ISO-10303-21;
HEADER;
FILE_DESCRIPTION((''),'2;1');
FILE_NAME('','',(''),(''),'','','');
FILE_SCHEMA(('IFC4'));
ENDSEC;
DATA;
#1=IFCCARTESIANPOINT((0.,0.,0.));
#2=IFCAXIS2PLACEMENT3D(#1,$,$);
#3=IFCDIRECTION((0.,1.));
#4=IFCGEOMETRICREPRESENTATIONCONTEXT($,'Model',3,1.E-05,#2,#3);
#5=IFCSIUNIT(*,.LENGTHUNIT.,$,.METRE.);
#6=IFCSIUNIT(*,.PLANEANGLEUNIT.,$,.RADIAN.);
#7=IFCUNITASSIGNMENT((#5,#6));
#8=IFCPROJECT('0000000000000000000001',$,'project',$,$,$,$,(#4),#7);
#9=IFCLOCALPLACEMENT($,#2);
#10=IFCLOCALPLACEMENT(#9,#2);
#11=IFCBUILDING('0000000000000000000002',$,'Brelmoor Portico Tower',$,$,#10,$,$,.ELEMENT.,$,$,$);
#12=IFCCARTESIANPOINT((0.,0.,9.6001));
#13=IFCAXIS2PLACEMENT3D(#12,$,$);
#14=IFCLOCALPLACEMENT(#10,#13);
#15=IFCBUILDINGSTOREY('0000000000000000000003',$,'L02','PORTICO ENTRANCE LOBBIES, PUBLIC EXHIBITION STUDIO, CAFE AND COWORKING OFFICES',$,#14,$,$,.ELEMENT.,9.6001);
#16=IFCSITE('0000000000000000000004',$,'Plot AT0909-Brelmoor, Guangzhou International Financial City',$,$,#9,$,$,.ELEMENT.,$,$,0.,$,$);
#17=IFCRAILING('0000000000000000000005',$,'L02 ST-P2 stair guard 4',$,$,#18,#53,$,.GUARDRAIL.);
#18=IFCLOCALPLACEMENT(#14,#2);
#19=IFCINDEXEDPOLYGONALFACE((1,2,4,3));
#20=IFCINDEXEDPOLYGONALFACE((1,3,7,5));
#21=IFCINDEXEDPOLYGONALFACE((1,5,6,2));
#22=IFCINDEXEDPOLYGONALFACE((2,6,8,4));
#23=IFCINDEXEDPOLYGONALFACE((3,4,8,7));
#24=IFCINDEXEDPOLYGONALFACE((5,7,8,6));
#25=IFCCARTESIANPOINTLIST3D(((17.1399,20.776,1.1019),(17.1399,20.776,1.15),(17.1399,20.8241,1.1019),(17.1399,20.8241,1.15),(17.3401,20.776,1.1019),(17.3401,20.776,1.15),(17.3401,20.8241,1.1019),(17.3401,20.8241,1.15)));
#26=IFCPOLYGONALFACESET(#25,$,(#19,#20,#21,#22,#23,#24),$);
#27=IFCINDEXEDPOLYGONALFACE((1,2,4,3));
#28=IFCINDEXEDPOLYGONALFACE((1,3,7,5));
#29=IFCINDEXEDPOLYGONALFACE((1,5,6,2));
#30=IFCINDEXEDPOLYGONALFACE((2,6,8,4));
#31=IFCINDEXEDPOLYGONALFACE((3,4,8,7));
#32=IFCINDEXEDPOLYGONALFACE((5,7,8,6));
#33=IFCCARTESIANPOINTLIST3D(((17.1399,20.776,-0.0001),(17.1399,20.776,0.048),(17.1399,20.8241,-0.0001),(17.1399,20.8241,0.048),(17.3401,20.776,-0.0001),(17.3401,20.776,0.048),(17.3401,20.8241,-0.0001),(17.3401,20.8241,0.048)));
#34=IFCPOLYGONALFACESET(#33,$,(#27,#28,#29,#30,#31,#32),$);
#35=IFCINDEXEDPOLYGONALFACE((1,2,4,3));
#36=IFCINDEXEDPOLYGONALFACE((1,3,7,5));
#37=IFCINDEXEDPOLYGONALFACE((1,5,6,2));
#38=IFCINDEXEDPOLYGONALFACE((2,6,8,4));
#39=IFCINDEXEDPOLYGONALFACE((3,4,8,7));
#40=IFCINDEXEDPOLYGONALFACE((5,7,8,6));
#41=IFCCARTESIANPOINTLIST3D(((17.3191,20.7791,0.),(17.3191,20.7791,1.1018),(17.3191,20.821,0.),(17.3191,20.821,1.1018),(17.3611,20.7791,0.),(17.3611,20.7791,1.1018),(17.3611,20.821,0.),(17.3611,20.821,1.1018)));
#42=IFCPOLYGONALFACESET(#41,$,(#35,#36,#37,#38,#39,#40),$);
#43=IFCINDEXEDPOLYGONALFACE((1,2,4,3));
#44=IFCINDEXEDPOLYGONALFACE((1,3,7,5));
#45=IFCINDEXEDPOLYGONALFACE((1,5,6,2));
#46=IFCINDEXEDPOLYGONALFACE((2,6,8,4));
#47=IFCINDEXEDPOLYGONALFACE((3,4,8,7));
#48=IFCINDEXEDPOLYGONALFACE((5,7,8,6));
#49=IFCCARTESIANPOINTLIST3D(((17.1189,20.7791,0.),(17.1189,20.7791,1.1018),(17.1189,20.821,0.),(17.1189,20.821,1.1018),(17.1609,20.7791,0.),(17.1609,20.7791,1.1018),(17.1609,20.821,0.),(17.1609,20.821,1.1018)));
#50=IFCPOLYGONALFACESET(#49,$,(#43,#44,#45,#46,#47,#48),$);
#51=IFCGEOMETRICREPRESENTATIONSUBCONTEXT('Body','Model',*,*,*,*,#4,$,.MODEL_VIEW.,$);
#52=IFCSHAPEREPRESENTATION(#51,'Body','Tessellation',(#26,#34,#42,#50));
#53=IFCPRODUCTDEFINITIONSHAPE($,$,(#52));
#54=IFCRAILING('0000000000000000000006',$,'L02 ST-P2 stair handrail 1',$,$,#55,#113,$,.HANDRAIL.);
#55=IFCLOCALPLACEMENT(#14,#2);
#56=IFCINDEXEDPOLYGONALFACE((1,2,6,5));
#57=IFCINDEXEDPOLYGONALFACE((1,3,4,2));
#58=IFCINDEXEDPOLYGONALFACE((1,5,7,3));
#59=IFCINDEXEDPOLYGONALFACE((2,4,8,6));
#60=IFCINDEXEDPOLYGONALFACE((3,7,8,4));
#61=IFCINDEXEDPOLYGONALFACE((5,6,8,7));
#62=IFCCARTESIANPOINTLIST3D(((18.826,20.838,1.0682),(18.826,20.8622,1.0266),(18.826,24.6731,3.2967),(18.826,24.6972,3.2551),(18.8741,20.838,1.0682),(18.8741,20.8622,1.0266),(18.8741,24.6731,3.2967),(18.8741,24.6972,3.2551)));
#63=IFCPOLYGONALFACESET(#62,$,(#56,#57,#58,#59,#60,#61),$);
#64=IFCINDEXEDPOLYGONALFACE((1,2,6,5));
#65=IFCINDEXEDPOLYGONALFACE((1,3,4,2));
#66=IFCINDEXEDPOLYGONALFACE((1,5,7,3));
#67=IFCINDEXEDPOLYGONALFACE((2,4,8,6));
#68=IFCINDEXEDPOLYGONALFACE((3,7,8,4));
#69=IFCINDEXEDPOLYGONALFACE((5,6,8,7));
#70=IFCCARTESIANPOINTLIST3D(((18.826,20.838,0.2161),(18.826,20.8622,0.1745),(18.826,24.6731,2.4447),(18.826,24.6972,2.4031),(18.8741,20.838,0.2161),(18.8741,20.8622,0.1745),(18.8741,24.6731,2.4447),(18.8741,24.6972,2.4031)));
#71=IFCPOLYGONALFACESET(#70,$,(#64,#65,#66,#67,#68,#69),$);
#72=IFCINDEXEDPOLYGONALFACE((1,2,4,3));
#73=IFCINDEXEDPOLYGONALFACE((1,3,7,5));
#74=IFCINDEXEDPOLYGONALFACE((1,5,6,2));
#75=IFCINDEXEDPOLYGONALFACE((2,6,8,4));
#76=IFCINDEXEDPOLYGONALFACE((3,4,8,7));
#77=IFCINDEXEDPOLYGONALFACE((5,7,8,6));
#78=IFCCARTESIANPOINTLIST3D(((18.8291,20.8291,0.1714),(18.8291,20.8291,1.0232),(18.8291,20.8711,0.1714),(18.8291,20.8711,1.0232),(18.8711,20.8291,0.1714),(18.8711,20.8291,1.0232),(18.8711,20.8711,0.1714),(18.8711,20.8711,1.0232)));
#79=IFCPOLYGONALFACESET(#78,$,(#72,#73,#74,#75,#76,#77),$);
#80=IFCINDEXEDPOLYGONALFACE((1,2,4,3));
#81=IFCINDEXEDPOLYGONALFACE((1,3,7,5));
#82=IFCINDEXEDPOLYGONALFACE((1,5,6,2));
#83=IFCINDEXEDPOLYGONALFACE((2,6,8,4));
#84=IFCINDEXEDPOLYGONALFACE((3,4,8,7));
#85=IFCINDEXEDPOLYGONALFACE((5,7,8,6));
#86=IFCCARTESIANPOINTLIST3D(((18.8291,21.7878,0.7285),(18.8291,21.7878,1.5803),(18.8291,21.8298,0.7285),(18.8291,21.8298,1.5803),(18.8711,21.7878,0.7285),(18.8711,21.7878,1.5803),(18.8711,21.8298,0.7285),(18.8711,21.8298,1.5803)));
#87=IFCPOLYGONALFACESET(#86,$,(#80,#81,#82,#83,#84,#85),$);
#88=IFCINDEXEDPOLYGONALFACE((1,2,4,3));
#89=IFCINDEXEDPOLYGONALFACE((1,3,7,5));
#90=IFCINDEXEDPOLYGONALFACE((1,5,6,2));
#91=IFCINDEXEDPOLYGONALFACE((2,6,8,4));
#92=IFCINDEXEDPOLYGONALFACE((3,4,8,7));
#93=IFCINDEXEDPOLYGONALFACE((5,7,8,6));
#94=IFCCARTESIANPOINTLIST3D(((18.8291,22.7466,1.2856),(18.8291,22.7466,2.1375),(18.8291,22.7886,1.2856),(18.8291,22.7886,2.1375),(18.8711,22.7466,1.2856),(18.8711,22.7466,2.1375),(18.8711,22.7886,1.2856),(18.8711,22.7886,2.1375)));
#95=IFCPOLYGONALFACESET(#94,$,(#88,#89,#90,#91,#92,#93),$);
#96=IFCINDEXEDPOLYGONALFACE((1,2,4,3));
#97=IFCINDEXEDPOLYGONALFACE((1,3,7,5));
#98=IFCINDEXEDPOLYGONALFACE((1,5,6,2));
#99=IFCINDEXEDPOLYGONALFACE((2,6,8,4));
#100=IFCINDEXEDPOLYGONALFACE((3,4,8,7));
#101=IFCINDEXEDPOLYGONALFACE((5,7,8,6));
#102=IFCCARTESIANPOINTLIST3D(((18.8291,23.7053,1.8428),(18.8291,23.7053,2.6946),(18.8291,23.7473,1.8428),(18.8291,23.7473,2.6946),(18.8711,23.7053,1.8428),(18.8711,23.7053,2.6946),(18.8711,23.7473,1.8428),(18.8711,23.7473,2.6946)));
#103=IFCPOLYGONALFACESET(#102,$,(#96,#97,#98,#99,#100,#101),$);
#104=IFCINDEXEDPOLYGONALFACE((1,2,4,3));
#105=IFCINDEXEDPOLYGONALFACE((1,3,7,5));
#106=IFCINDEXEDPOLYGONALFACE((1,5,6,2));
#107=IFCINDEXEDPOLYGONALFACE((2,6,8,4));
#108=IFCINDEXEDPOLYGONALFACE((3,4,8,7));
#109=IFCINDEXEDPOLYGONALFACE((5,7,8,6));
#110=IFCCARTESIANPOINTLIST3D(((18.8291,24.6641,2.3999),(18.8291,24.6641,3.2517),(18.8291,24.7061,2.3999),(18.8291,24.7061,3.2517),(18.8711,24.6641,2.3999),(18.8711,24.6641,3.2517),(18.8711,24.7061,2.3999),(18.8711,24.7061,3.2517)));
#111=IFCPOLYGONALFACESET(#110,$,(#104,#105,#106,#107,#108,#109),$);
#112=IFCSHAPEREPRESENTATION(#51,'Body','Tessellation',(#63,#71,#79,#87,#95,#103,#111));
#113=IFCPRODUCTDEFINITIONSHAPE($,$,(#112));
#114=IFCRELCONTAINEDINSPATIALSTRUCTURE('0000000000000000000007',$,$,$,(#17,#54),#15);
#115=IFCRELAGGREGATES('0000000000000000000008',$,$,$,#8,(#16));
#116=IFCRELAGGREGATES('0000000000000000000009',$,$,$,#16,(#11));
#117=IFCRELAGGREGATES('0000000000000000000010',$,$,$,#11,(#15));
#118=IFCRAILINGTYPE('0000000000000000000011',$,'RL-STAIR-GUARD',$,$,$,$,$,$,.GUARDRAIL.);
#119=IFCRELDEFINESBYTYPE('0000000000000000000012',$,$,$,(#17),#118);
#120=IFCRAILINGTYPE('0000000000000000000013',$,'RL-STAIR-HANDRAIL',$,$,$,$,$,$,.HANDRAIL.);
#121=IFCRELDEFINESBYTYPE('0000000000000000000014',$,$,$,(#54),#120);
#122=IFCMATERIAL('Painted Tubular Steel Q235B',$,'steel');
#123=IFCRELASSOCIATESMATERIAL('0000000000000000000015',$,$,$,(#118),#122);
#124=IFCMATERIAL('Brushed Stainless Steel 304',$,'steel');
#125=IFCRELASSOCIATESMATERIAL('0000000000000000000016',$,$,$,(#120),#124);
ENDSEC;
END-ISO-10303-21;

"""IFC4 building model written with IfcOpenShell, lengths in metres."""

from ifc_helpers import new_model, si_unit, direction, frame, origin, origin_2d, place, context, subcontext, project, spatial, rectangle, extrude, material, type_object, element, save


model = new_model("IFC4")

# Units and contexts
model_context = context("Model", 3, precision=1e-05, world=origin(), true_north=direction((0.0, 1.0)))
body_context = subcontext(model_context, "Body", "Model", "MODEL_VIEW")
ifc_project = project(units=[si_unit("LENGTHUNIT", "METRE"), si_unit("PLANEANGLEUNIT", "RADIAN")], contexts=[model_context])

# Site, building, storey
site_placement = place(None, origin())
site = spatial("IfcSite", under=ifc_project, at=site_placement, Name="Plot AT0909-Brelmoor, Guangzhou International Financial City", CompositionType="ELEMENT", RefElevation=0.0)
building_placement = place(site_placement, origin())
building = spatial("IfcBuilding", under=site, at=building_placement, Name="Brelmoor Portico Tower", CompositionType="ELEMENT")
storey_placement = place(building_placement, frame((0.0, 0.0, 9.6001)))
storey = spatial("IfcBuildingStorey", under=building, at=storey_placement, Name="L02", Description="PORTICO ENTRANCE LOBBIES, PUBLIC EXHIBITION STUDIO, CAFE AND COWORKING OFFICES", CompositionType="ELEMENT", Elevation=9.6001)

# Railings
ifc_material_1 = material(Name="Painted Tubular Steel Q235B", Category="steel")
railing_type_1 = type_object("IfcRailingType", Name="RL-STAIR-GUARD", PredefinedType="GUARDRAIL", material=ifc_material_1)
railing_1_placement = place(storey_placement, frame((17.3401, 20.8, 0.0)))
element("IfcRailing", 1, at=railing_1_placement, inside=storey, type_object=railing_type_1, Name="L02 ST-P2 stair guard 4", PredefinedType="GUARDRAIL", context=body_context, shape_type="SweptSolid", body=[
    extrude(rectangle(XDim=0.0481, YDim=0.0481, at=origin_2d()), frame((0.0, 0.0, 1.126), z_axis=(-1.0, 0.0, 0.0), x_axis=(0.0, -1.0, 0.0)), (0.0, 0.0, 1.0), 0.2002),
    extrude(rectangle(XDim=0.0481, YDim=0.0481, at=origin_2d()), frame((0.0, 0.0, 0.0239), z_axis=(-1.0, 0.0, 0.0), x_axis=(0.0, -1.0, 0.0)), (0.0, 0.0, 1.0), 0.2002),
    extrude(rectangle(XDim=0.042, YDim=0.042, at=origin_2d()), origin(), (0.0, 0.0, 1.0), 1.1018),
    extrude(rectangle(XDim=0.042, YDim=0.042, at=origin_2d()), frame((-0.2002, 0.0, 0.0)), (0.0, 0.0, 1.0), 1.1018),
])
ifc_material_2 = material(Name="Brushed Stainless Steel 304", Category="steel")
railing_type_2 = type_object("IfcRailingType", Name="RL-STAIR-HANDRAIL", PredefinedType="HANDRAIL", material=ifc_material_2)
railing_2_placement = place(storey_placement, frame((18.8501, 20.8501, 0.1714)))
element("IfcRailing", 2, at=railing_2_placement, inside=storey, type_object=railing_type_2, Name="L02 ST-P2 stair handrail 1", PredefinedType="HANDRAIL", context=body_context, shape_type="SweptSolid", body=[
    extrude(rectangle(XDim=0.0481, YDim=0.0481, at=origin_2d()), frame((0.0, 0.0, 0.876), z_axis=(0.0, 0.864616, 0.502433), x_axis=(-1.0, 0.0, 0.0)), (0.0, 0.0, 1.0), 4.4355),
    extrude(rectangle(XDim=0.0481, YDim=0.0481, at=origin_2d()), frame((0.0, 0.0, 0.0239), z_axis=(0.0, 0.864616, 0.502433), x_axis=(-1.0, 0.0, 0.0)), (0.0, 0.0, 1.0), 4.4355),
    extrude(rectangle(XDim=0.042, YDim=0.042, at=origin_2d()), origin(), (0.0, 0.0, 1.0), 0.8518),
    extrude(rectangle(XDim=0.042, YDim=0.042, at=origin_2d()), frame((0.0, 0.9587, 0.5571)), (0.0, 0.0, 1.0), 0.8518),
    extrude(rectangle(XDim=0.042, YDim=0.042, at=origin_2d()), frame((0.0, 1.9175, 1.1143)), (0.0, 0.0, 1.0), 0.8518),
    extrude(rectangle(XDim=0.042, YDim=0.042, at=origin_2d()), frame((0.0, 2.8762, 1.6714)), (0.0, 0.0, 1.0), 0.8518),
    extrude(rectangle(XDim=0.042, YDim=0.042, at=origin_2d()), frame((0.0, 3.835, 2.2285)), (0.0, 0.0, 1.0), 0.8518),
])

save(model, "model.ifc")
